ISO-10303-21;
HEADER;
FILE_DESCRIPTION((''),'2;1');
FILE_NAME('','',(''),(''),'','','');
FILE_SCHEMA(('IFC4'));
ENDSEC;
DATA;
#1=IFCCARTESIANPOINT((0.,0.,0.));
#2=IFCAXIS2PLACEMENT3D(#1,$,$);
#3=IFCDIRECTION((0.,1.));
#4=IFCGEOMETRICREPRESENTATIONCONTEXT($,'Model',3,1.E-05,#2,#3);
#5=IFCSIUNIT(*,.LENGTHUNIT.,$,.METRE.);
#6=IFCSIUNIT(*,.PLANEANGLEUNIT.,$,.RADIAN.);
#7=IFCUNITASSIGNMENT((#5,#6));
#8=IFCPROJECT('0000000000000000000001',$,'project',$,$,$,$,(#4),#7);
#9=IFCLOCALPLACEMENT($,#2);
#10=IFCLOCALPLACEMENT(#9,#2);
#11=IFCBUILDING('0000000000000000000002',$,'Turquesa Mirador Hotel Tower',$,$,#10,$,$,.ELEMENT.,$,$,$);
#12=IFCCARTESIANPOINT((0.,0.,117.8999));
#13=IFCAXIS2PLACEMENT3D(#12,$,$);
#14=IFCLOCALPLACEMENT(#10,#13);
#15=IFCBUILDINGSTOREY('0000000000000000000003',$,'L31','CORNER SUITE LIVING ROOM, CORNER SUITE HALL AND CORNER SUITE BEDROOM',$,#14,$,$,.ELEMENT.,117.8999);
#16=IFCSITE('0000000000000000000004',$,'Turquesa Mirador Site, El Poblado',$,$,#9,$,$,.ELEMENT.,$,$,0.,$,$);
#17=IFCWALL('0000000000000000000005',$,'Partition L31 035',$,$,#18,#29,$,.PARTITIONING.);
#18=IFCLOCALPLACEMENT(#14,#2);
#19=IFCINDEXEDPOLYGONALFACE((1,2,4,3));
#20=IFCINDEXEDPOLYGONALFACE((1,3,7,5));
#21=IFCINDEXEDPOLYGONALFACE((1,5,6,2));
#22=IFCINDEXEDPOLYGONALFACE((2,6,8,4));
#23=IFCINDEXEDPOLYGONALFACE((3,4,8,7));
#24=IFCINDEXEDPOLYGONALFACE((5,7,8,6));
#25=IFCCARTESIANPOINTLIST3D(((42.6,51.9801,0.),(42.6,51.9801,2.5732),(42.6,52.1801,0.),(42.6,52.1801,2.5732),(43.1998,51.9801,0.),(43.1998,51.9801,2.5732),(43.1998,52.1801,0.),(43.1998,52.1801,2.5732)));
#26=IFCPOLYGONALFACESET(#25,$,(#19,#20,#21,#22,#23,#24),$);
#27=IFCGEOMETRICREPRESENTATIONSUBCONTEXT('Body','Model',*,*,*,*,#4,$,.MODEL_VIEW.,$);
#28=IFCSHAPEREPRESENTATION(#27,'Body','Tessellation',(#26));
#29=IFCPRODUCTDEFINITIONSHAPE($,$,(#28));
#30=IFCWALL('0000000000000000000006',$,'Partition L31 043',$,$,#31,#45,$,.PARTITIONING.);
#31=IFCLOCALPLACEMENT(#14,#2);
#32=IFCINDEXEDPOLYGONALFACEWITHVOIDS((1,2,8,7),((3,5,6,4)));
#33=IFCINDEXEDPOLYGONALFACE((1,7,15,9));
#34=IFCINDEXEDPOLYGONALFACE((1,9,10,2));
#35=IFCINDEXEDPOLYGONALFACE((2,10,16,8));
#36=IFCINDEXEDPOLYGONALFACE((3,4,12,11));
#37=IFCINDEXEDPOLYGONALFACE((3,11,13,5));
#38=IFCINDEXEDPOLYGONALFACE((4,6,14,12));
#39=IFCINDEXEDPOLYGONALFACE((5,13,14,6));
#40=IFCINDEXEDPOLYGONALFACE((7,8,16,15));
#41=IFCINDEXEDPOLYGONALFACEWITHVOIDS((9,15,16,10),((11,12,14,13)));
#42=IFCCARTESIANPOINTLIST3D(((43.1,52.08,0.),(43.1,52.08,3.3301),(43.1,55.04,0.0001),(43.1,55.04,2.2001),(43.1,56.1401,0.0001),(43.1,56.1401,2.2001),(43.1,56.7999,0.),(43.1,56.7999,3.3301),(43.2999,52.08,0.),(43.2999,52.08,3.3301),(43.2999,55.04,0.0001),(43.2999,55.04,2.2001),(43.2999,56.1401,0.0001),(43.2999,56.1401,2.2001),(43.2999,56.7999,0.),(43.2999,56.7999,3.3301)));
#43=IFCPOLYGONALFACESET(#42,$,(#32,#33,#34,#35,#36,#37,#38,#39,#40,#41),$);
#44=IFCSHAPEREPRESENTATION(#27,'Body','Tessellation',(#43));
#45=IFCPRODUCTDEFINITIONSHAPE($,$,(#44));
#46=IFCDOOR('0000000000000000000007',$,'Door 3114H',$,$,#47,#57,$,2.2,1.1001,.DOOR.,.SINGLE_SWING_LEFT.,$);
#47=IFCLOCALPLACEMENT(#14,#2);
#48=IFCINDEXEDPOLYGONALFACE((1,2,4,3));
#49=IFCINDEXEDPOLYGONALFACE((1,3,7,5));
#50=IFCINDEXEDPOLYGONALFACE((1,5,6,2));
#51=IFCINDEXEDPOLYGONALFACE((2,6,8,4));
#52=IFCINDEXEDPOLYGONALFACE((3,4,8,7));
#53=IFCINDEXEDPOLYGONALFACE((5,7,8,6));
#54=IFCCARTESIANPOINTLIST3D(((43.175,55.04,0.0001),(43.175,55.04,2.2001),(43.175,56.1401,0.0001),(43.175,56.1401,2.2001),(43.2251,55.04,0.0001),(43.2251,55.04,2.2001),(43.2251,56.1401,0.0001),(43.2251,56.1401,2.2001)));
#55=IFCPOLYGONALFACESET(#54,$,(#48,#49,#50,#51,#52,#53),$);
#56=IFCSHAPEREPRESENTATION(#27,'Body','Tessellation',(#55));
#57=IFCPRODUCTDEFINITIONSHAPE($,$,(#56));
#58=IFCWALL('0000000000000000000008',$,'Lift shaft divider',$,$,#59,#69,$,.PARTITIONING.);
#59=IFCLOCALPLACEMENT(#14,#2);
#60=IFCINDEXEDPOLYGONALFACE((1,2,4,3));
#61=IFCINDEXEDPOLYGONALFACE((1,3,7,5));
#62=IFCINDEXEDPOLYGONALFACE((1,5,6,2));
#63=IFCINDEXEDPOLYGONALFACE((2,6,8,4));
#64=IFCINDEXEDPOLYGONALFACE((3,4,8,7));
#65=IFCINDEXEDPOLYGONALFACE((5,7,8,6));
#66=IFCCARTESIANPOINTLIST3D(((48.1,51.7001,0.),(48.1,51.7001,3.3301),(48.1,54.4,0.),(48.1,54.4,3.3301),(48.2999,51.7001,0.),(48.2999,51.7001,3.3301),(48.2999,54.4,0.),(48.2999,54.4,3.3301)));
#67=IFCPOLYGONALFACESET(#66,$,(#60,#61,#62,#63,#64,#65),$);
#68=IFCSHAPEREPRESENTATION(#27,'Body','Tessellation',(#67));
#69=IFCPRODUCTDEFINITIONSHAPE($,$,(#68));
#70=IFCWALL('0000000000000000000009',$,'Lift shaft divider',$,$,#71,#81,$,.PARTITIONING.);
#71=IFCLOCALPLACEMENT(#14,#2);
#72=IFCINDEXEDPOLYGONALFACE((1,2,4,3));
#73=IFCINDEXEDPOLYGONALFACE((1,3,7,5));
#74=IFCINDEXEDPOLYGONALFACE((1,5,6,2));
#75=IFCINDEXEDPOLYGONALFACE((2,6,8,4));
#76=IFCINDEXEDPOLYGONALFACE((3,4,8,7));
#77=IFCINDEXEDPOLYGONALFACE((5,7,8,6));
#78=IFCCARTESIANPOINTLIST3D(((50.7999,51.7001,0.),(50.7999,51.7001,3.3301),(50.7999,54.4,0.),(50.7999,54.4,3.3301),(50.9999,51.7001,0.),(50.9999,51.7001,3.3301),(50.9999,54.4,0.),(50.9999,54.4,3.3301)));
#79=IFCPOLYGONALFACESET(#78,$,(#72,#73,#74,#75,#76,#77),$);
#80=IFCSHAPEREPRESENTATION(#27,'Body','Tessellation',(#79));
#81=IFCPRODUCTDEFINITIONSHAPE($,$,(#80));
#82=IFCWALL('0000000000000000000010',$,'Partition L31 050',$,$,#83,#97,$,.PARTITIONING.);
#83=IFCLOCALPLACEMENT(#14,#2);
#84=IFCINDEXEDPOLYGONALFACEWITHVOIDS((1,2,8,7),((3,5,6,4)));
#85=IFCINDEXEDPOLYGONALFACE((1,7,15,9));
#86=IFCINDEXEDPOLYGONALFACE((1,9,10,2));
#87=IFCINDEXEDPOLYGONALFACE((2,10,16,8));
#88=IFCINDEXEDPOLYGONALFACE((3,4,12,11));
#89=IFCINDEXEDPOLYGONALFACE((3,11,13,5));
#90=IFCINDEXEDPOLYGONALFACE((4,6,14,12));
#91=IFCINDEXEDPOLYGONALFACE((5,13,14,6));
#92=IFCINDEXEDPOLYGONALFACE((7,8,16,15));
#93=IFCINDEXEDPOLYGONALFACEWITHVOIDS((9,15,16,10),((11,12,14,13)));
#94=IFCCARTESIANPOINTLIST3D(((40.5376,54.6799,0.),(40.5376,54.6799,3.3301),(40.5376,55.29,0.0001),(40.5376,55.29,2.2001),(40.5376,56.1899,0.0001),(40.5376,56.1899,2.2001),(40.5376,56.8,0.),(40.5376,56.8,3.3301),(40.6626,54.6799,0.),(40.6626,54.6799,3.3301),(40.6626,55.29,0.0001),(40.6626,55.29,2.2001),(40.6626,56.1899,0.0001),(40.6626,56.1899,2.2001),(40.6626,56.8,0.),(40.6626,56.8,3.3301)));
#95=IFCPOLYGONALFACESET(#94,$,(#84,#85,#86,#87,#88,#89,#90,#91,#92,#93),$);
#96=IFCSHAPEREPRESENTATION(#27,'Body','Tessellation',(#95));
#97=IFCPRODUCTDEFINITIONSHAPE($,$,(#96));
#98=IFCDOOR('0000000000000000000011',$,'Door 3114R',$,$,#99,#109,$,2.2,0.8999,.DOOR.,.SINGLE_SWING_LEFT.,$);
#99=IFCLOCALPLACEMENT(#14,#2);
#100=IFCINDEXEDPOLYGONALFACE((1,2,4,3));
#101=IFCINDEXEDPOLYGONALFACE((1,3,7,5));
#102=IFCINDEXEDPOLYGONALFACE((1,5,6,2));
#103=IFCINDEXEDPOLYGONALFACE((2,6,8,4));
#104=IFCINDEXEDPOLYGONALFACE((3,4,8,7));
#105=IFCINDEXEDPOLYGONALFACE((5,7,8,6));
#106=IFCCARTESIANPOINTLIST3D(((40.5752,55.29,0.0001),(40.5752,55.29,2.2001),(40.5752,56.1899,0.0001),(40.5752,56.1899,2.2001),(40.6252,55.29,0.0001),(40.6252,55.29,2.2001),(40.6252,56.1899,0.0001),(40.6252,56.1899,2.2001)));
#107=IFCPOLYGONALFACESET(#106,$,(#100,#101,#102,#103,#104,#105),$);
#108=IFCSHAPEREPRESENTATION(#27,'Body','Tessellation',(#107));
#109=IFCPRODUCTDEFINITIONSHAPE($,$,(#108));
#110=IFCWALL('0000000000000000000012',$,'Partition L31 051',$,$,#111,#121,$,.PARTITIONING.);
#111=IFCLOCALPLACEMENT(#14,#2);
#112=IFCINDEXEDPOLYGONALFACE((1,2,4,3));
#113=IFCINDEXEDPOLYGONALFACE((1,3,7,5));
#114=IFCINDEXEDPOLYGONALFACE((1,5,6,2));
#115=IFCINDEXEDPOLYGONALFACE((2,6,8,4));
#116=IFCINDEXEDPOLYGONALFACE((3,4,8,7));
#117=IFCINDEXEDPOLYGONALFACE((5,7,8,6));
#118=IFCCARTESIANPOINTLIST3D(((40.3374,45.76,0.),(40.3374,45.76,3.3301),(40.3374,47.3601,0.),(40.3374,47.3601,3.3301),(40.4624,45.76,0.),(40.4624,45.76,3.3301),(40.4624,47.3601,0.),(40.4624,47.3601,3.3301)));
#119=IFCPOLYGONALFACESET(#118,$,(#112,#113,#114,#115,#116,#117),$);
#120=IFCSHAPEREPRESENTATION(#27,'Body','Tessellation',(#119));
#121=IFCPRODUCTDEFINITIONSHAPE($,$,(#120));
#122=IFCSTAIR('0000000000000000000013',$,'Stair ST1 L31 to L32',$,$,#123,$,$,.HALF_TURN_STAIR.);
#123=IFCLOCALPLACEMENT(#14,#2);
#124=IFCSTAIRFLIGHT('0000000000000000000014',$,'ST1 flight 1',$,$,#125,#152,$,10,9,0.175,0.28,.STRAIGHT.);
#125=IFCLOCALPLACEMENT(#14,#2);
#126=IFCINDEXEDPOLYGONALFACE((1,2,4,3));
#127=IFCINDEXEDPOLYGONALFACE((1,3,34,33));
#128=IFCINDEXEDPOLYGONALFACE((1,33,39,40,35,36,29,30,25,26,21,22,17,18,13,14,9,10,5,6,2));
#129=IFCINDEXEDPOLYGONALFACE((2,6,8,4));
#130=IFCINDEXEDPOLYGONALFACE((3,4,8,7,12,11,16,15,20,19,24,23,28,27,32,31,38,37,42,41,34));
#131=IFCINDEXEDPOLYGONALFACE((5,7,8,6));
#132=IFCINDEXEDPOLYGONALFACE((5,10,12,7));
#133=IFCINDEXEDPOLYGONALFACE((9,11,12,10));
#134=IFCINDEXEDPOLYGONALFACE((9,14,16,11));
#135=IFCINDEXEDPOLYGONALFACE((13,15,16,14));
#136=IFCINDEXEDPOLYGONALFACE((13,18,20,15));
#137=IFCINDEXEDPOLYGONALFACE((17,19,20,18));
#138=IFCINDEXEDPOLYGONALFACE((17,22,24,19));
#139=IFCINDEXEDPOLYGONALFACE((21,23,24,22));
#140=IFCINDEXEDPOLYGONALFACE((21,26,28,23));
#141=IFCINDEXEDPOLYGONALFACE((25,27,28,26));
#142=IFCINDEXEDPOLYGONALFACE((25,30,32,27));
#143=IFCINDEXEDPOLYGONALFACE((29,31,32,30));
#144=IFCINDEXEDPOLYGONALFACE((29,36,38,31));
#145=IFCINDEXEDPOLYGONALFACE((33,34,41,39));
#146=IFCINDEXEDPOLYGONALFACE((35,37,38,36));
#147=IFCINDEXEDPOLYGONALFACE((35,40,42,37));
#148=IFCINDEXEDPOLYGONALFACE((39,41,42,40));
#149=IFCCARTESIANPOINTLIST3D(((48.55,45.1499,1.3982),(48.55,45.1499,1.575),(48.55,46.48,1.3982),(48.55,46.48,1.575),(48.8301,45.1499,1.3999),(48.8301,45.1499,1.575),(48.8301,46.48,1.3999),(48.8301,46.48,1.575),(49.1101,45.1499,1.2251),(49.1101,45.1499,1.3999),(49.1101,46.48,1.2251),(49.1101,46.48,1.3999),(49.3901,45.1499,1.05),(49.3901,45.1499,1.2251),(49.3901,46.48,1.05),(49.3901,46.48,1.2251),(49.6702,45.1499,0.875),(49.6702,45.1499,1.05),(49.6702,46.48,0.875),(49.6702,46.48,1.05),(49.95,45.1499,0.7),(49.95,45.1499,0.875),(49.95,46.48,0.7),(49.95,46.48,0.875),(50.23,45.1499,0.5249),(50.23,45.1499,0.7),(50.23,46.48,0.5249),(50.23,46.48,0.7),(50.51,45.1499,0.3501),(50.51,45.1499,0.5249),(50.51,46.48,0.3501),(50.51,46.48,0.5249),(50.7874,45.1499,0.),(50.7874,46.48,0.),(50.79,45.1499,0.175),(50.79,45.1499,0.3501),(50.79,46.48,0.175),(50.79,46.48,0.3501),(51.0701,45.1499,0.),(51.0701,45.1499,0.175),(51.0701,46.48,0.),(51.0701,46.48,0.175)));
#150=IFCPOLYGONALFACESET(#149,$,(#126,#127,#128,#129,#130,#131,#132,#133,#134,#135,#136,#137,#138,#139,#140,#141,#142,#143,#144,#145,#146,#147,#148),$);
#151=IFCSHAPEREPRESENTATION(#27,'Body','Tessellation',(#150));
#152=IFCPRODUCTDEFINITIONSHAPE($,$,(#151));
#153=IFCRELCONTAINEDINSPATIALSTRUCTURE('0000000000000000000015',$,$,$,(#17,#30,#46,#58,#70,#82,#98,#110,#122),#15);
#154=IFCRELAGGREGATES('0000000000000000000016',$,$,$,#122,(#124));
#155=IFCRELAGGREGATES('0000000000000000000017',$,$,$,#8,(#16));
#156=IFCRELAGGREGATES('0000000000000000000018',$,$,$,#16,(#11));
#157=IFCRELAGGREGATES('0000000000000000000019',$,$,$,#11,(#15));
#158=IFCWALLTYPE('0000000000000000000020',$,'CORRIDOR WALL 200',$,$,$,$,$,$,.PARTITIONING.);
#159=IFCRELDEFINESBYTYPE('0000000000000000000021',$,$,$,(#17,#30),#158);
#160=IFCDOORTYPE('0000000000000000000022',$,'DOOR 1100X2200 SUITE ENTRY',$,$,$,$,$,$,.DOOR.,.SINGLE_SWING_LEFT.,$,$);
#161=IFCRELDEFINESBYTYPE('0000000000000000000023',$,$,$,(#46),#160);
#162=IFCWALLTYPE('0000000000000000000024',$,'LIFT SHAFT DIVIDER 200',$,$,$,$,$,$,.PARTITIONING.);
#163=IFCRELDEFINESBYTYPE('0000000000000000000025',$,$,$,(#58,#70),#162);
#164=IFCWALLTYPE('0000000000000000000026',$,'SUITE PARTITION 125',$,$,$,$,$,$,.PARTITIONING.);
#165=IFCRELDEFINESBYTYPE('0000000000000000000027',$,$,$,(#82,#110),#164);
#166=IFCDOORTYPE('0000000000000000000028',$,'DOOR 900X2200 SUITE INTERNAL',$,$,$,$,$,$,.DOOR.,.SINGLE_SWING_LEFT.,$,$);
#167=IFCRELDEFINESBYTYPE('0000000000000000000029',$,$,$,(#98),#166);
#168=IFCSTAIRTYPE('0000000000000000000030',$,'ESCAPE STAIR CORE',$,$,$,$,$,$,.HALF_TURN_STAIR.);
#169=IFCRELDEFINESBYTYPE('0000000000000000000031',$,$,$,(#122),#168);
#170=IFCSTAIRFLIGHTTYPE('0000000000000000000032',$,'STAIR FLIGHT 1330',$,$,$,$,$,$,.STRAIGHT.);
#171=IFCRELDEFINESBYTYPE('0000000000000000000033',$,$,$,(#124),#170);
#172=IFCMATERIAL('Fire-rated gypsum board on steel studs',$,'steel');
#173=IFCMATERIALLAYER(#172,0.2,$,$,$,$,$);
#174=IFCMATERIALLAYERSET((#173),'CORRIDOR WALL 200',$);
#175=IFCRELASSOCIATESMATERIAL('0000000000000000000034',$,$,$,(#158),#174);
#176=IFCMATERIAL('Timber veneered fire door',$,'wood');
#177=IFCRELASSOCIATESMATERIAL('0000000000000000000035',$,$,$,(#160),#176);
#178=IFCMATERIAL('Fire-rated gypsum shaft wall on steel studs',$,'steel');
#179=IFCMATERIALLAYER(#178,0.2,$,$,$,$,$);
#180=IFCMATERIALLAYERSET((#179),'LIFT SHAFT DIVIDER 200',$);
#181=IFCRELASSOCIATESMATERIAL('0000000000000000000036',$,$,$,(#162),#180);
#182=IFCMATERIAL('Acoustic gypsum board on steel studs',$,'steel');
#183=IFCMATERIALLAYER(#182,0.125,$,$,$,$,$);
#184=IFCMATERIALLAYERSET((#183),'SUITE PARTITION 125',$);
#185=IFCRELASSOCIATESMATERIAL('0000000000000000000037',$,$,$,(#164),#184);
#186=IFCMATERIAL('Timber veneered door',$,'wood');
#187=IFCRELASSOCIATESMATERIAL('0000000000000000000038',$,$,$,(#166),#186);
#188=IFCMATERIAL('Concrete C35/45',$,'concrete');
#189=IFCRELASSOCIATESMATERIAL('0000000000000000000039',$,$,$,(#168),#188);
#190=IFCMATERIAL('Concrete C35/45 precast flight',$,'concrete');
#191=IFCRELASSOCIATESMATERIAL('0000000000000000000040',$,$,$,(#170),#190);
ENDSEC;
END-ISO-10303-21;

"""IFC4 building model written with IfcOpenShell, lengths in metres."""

from ifc_helpers import new_model, si_unit, direction, frame, frame_2d, origin, place, context, subcontext, project, spatial, polyline, rectangle, outline, extrude, material, layer, layer_set, type_object, element, fill, aggregate, save


model = new_model("IFC4")

# Units and contexts
model_context = context("Model", 3, precision=1e-05, world=origin(), true_north=direction((0.0, 1.0)))
body_context = subcontext(model_context, "Body", "Model", "MODEL_VIEW")
ifc_project = project(units=[si_unit("LENGTHUNIT", "METRE"), si_unit("PLANEANGLEUNIT", "RADIAN")], contexts=[model_context])

# Site, building, storey
site_placement = place(None, origin())
site = spatial("IfcSite", under=ifc_project, at=site_placement, Name="Turquesa Mirador Site, El Poblado", CompositionType="ELEMENT", RefElevation=0.0)
building_placement = place(site_placement, origin())
building = spatial("IfcBuilding", under=site, at=building_placement, Name="Turquesa Mirador Hotel Tower", CompositionType="ELEMENT")
storey_placement = place(building_placement, frame((0.0, 0.0, 117.8999)))
storey = spatial("IfcBuildingStorey", under=building, at=storey_placement, Name="L31", Description="CORNER SUITE LIVING ROOM, CORNER SUITE HALL AND CORNER SUITE BEDROOM", CompositionType="ELEMENT", Elevation=117.8999)

# Wall
ifc_material_1 = material(Name="Fire-rated gypsum board on steel studs", Category="steel")
ifc_layer_1 = layer(ifc_material_1, 0.2)
ifc_layer_set_1 = layer_set([ifc_layer_1], Name="CORRIDOR WALL 200")
wall_type_1 = type_object("IfcWallType", Name="CORRIDOR WALL 200", PredefinedType="PARTITIONING", material=ifc_layer_set_1)
wall_1_placement = place(storey_placement, frame((42.6001, 52.0801, 0.0), z_axis=(0.0, 0.0, 1.0), x_axis=(1.0, 0.0, 0.0)))
element("IfcWall", 1, at=wall_1_placement, inside=storey, type_object=wall_type_1, Name="Partition L31 035", PredefinedType="PARTITIONING", context=body_context, shape_type="SweptSolid", body=[
    extrude(rectangle(XDim=0.5999, YDim=0.2, at=frame_2d((0.2998, 0.0))), origin(), (0.0, 0.0, 1.0), 2.5732),
])

# Wall, opening, door
wall_2_placement = place(storey_placement, frame((43.2, 52.0801, 0.0), z_axis=(0.0, 0.0, 1.0), x_axis=(0.0, 1.0, 0.0)))
wall_2 = element("IfcWall", 2, at=wall_2_placement, inside=storey, type_object=wall_type_1, Name="Partition L31 043", PredefinedType="PARTITIONING", context=body_context, shape_type="SweptSolid", body=[
    extrude(rectangle(XDim=4.72, YDim=0.2, at=frame_2d((2.3599, 0.0))), origin(), (0.0, 0.0, 1.0), 3.3301),
])
opening_1_placement = place(wall_2_placement, frame((2.96, 0.0, 0.0)))
opening_1 = element("IfcOpeningElement", 3, at=opening_1_placement, cuts=wall_2, PredefinedType="OPENING", context=body_context, shape_type="SweptSolid", body=[
    extrude(rectangle(XDim=1.1001, YDim=2.2, at=frame_2d((0.55, 1.1001))), frame((0.0, 0.1099, 0.0), z_axis=(0.0, -1.0, 0.0), x_axis=(1.0, 0.0, 0.0)), (0.0, 0.0, 1.0), 0.22),
])
ifc_material_2 = material(Name="Timber veneered fire door", Category="wood")
door_type_1 = type_object("IfcDoorType", Name="DOOR 1100X2200 SUITE ENTRY", OperationType="SINGLE_SWING_LEFT", PredefinedType="DOOR", material=ifc_material_2)
door_1_placement = place(opening_1_placement, origin())
door_1 = element("IfcDoor", 4, at=door_1_placement, inside=storey, type_object=door_type_1, Name="Door 3114H", OperationType="SINGLE_SWING_LEFT", OverallHeight=2.2, OverallWidth=1.1001, PredefinedType="DOOR", context=body_context, shape_type="SweptSolid", body=[
    extrude(rectangle(XDim=1.1001, YDim=2.2, at=frame_2d((0.55, 1.1001))), frame((0.0, 0.0249, 0.0), z_axis=(0.0, -1.0, 0.0), x_axis=(1.0, 0.0, 0.0)), (0.0, 0.0, 1.0), 0.05),
])
fill(opening_1, door_1)

# Walls
ifc_material_3 = material(Name="Fire-rated gypsum shaft wall on steel studs", Category="steel")
ifc_layer_2 = layer(ifc_material_3, 0.2)
ifc_layer_set_2 = layer_set([ifc_layer_2], Name="LIFT SHAFT DIVIDER 200")
wall_type_2 = type_object("IfcWallType", Name="LIFT SHAFT DIVIDER 200", PredefinedType="PARTITIONING", material=ifc_layer_set_2)
for number, where, z_axis, x_axis, name in (
    (5, (48.2, 51.7, 0.0), (0.0, 0.0, 1.0), (0.0, 1.0, 0.0), "Lift shaft divider"),
    (6, (50.8999, 51.7, 0.0), (0.0, 0.0, 1.0), (0.0, 1.0, 0.0), "Lift shaft divider"),
):
    element("IfcWall", number, at=place(storey_placement, frame(where, z_axis=z_axis, x_axis=x_axis)), inside=storey, type_object=wall_type_2, Name=name, PredefinedType="PARTITIONING", context=body_context, shape_type="SweptSolid", body=[
        extrude(rectangle(XDim=2.7, YDim=0.2, at=frame_2d((1.3501, 0.0))), origin(), (0.0, 0.0, 1.0), 3.3301),
    ])

# Wall, opening, door
ifc_material_4 = material(Name="Acoustic gypsum board on steel studs", Category="steel")
ifc_layer_3 = layer(ifc_material_4, 0.125)
ifc_layer_set_3 = layer_set([ifc_layer_3], Name="SUITE PARTITION 125")
wall_type_3 = type_object("IfcWallType", Name="SUITE PARTITION 125", PredefinedType="PARTITIONING", material=ifc_layer_set_3)
wall_3_placement = place(storey_placement, frame((40.6001, 54.6799, 0.0), z_axis=(0.0, 0.0, 1.0), x_axis=(0.0, 1.0, 0.0)))
wall_3 = element("IfcWall", 7, at=wall_3_placement, inside=storey, type_object=wall_type_3, Name="Partition L31 050", PredefinedType="PARTITIONING", context=body_context, shape_type="SweptSolid", body=[
    extrude(rectangle(XDim=2.1201, YDim=0.125, at=frame_2d((1.0601, 0.0))), origin(), (0.0, 0.0, 1.0), 3.3301),
])
opening_2_placement = place(wall_3_placement, frame((0.6101, 0.0, 0.0)))
opening_2 = element("IfcOpeningElement", 8, at=opening_2_placement, cuts=wall_3, PredefinedType="OPENING", context=body_context, shape_type="SweptSolid", body=[
    extrude(rectangle(XDim=0.8999, YDim=2.2, at=frame_2d((0.45, 1.1001))), frame((0.0, 0.0725, 0.0), z_axis=(0.0, -1.0, 0.0), x_axis=(1.0, 0.0, 0.0)), (0.0, 0.0, 1.0), 0.145),
])
ifc_material_5 = material(Name="Timber veneered door", Category="wood")
door_type_2 = type_object("IfcDoorType", Name="DOOR 900X2200 SUITE INTERNAL", OperationType="SINGLE_SWING_LEFT", PredefinedType="DOOR", material=ifc_material_5)
door_2_placement = place(opening_2_placement, origin())
door_2 = element("IfcDoor", 9, at=door_2_placement, inside=storey, type_object=door_type_2, Name="Door 3114R", OperationType="SINGLE_SWING_LEFT", OverallHeight=2.2, OverallWidth=0.8999, PredefinedType="DOOR", context=body_context, shape_type="SweptSolid", body=[
    extrude(rectangle(XDim=0.8999, YDim=2.2, at=frame_2d((0.45, 1.1001))), frame((0.0, 0.0249, 0.0), z_axis=(0.0, -1.0, 0.0), x_axis=(1.0, 0.0, 0.0)), (0.0, 0.0, 1.0), 0.05),
])
fill(opening_2, door_2)

# Wall
wall_4_placement = place(storey_placement, frame((40.3999, 45.76, 0.0), z_axis=(0.0, 0.0, 1.0), x_axis=(0.0, 1.0, 0.0)))
element("IfcWall", 10, at=wall_4_placement, inside=storey, type_object=wall_type_3, Name="Partition L31 051", PredefinedType="PARTITIONING", context=body_context, shape_type="SweptSolid", body=[
    extrude(rectangle(XDim=1.6001, YDim=0.125, at=frame_2d((0.8, 0.0))), origin(), (0.0, 0.0, 1.0), 3.3301),
])

# Stair, stair flight
ifc_material_6 = material(Name="Concrete C35/45", Category="concrete")
stair_type = type_object("IfcStairType", Name="ESCAPE STAIR CORE", PredefinedType="HALF_TURN_STAIR", material=ifc_material_6)
stair_1_placement = place(storey_placement, origin())
stair_1 = element("IfcStair", 11, at=stair_1_placement, inside=storey, type_object=stair_type, Name="Stair ST1 L31 to L32", PredefinedType="HALF_TURN_STAIR")
ifc_material_7 = material(Name="Concrete C35/45 precast flight", Category="concrete")
stair_flight_type = type_object("IfcStairFlightType", Name="STAIR FLIGHT 1330", PredefinedType="STRAIGHT", material=ifc_material_7)
stair_flight_1_placement = place(storey_placement, frame((51.0701, 45.8149, 0.0), z_axis=(0.0, 0.0, 1.0), x_axis=(-1.0, 0.0, 0.0)))
stair_flight_1 = element("IfcStairFlight", 12, at=stair_flight_1_placement, type_object=stair_flight_type, Name="ST1 flight 1", NumberOfRisers=10, NumberOfTreads=9, PredefinedType="STRAIGHT", RiserHeight=0.175, TreadLength=0.28, context=body_context, shape_type="SweptSolid", body=[
    extrude(outline(polyline([(0.0, 0.0), (0.0, 0.175), (0.28, 0.175), (0.28, 0.3501), (0.5601, 0.3501), (0.5601, 0.5249), (0.8401, 0.5249), (0.8401, 0.7), (1.1201, 0.7), (1.1201, 0.875), (1.3999, 0.875), (1.3999, 1.05), (1.6799, 1.05), (1.6799, 1.2251), (1.96, 1.2251), (1.96, 1.3999), (2.24, 1.3999), (2.24, 1.575), (2.52, 1.575), (2.52, 1.75), (2.52, 1.3982), (0.2827, 0.0), (0.0, 0.0)])), frame((0.0, 0.665, 0.0), z_axis=(0.0, -1.0, 0.0), x_axis=(1.0, 0.0, 0.0)), (0.0, 0.0, 1.0), 1.3301),
])
aggregate(stair_1, [stair_flight_1])

save(model, "model.ifc")
